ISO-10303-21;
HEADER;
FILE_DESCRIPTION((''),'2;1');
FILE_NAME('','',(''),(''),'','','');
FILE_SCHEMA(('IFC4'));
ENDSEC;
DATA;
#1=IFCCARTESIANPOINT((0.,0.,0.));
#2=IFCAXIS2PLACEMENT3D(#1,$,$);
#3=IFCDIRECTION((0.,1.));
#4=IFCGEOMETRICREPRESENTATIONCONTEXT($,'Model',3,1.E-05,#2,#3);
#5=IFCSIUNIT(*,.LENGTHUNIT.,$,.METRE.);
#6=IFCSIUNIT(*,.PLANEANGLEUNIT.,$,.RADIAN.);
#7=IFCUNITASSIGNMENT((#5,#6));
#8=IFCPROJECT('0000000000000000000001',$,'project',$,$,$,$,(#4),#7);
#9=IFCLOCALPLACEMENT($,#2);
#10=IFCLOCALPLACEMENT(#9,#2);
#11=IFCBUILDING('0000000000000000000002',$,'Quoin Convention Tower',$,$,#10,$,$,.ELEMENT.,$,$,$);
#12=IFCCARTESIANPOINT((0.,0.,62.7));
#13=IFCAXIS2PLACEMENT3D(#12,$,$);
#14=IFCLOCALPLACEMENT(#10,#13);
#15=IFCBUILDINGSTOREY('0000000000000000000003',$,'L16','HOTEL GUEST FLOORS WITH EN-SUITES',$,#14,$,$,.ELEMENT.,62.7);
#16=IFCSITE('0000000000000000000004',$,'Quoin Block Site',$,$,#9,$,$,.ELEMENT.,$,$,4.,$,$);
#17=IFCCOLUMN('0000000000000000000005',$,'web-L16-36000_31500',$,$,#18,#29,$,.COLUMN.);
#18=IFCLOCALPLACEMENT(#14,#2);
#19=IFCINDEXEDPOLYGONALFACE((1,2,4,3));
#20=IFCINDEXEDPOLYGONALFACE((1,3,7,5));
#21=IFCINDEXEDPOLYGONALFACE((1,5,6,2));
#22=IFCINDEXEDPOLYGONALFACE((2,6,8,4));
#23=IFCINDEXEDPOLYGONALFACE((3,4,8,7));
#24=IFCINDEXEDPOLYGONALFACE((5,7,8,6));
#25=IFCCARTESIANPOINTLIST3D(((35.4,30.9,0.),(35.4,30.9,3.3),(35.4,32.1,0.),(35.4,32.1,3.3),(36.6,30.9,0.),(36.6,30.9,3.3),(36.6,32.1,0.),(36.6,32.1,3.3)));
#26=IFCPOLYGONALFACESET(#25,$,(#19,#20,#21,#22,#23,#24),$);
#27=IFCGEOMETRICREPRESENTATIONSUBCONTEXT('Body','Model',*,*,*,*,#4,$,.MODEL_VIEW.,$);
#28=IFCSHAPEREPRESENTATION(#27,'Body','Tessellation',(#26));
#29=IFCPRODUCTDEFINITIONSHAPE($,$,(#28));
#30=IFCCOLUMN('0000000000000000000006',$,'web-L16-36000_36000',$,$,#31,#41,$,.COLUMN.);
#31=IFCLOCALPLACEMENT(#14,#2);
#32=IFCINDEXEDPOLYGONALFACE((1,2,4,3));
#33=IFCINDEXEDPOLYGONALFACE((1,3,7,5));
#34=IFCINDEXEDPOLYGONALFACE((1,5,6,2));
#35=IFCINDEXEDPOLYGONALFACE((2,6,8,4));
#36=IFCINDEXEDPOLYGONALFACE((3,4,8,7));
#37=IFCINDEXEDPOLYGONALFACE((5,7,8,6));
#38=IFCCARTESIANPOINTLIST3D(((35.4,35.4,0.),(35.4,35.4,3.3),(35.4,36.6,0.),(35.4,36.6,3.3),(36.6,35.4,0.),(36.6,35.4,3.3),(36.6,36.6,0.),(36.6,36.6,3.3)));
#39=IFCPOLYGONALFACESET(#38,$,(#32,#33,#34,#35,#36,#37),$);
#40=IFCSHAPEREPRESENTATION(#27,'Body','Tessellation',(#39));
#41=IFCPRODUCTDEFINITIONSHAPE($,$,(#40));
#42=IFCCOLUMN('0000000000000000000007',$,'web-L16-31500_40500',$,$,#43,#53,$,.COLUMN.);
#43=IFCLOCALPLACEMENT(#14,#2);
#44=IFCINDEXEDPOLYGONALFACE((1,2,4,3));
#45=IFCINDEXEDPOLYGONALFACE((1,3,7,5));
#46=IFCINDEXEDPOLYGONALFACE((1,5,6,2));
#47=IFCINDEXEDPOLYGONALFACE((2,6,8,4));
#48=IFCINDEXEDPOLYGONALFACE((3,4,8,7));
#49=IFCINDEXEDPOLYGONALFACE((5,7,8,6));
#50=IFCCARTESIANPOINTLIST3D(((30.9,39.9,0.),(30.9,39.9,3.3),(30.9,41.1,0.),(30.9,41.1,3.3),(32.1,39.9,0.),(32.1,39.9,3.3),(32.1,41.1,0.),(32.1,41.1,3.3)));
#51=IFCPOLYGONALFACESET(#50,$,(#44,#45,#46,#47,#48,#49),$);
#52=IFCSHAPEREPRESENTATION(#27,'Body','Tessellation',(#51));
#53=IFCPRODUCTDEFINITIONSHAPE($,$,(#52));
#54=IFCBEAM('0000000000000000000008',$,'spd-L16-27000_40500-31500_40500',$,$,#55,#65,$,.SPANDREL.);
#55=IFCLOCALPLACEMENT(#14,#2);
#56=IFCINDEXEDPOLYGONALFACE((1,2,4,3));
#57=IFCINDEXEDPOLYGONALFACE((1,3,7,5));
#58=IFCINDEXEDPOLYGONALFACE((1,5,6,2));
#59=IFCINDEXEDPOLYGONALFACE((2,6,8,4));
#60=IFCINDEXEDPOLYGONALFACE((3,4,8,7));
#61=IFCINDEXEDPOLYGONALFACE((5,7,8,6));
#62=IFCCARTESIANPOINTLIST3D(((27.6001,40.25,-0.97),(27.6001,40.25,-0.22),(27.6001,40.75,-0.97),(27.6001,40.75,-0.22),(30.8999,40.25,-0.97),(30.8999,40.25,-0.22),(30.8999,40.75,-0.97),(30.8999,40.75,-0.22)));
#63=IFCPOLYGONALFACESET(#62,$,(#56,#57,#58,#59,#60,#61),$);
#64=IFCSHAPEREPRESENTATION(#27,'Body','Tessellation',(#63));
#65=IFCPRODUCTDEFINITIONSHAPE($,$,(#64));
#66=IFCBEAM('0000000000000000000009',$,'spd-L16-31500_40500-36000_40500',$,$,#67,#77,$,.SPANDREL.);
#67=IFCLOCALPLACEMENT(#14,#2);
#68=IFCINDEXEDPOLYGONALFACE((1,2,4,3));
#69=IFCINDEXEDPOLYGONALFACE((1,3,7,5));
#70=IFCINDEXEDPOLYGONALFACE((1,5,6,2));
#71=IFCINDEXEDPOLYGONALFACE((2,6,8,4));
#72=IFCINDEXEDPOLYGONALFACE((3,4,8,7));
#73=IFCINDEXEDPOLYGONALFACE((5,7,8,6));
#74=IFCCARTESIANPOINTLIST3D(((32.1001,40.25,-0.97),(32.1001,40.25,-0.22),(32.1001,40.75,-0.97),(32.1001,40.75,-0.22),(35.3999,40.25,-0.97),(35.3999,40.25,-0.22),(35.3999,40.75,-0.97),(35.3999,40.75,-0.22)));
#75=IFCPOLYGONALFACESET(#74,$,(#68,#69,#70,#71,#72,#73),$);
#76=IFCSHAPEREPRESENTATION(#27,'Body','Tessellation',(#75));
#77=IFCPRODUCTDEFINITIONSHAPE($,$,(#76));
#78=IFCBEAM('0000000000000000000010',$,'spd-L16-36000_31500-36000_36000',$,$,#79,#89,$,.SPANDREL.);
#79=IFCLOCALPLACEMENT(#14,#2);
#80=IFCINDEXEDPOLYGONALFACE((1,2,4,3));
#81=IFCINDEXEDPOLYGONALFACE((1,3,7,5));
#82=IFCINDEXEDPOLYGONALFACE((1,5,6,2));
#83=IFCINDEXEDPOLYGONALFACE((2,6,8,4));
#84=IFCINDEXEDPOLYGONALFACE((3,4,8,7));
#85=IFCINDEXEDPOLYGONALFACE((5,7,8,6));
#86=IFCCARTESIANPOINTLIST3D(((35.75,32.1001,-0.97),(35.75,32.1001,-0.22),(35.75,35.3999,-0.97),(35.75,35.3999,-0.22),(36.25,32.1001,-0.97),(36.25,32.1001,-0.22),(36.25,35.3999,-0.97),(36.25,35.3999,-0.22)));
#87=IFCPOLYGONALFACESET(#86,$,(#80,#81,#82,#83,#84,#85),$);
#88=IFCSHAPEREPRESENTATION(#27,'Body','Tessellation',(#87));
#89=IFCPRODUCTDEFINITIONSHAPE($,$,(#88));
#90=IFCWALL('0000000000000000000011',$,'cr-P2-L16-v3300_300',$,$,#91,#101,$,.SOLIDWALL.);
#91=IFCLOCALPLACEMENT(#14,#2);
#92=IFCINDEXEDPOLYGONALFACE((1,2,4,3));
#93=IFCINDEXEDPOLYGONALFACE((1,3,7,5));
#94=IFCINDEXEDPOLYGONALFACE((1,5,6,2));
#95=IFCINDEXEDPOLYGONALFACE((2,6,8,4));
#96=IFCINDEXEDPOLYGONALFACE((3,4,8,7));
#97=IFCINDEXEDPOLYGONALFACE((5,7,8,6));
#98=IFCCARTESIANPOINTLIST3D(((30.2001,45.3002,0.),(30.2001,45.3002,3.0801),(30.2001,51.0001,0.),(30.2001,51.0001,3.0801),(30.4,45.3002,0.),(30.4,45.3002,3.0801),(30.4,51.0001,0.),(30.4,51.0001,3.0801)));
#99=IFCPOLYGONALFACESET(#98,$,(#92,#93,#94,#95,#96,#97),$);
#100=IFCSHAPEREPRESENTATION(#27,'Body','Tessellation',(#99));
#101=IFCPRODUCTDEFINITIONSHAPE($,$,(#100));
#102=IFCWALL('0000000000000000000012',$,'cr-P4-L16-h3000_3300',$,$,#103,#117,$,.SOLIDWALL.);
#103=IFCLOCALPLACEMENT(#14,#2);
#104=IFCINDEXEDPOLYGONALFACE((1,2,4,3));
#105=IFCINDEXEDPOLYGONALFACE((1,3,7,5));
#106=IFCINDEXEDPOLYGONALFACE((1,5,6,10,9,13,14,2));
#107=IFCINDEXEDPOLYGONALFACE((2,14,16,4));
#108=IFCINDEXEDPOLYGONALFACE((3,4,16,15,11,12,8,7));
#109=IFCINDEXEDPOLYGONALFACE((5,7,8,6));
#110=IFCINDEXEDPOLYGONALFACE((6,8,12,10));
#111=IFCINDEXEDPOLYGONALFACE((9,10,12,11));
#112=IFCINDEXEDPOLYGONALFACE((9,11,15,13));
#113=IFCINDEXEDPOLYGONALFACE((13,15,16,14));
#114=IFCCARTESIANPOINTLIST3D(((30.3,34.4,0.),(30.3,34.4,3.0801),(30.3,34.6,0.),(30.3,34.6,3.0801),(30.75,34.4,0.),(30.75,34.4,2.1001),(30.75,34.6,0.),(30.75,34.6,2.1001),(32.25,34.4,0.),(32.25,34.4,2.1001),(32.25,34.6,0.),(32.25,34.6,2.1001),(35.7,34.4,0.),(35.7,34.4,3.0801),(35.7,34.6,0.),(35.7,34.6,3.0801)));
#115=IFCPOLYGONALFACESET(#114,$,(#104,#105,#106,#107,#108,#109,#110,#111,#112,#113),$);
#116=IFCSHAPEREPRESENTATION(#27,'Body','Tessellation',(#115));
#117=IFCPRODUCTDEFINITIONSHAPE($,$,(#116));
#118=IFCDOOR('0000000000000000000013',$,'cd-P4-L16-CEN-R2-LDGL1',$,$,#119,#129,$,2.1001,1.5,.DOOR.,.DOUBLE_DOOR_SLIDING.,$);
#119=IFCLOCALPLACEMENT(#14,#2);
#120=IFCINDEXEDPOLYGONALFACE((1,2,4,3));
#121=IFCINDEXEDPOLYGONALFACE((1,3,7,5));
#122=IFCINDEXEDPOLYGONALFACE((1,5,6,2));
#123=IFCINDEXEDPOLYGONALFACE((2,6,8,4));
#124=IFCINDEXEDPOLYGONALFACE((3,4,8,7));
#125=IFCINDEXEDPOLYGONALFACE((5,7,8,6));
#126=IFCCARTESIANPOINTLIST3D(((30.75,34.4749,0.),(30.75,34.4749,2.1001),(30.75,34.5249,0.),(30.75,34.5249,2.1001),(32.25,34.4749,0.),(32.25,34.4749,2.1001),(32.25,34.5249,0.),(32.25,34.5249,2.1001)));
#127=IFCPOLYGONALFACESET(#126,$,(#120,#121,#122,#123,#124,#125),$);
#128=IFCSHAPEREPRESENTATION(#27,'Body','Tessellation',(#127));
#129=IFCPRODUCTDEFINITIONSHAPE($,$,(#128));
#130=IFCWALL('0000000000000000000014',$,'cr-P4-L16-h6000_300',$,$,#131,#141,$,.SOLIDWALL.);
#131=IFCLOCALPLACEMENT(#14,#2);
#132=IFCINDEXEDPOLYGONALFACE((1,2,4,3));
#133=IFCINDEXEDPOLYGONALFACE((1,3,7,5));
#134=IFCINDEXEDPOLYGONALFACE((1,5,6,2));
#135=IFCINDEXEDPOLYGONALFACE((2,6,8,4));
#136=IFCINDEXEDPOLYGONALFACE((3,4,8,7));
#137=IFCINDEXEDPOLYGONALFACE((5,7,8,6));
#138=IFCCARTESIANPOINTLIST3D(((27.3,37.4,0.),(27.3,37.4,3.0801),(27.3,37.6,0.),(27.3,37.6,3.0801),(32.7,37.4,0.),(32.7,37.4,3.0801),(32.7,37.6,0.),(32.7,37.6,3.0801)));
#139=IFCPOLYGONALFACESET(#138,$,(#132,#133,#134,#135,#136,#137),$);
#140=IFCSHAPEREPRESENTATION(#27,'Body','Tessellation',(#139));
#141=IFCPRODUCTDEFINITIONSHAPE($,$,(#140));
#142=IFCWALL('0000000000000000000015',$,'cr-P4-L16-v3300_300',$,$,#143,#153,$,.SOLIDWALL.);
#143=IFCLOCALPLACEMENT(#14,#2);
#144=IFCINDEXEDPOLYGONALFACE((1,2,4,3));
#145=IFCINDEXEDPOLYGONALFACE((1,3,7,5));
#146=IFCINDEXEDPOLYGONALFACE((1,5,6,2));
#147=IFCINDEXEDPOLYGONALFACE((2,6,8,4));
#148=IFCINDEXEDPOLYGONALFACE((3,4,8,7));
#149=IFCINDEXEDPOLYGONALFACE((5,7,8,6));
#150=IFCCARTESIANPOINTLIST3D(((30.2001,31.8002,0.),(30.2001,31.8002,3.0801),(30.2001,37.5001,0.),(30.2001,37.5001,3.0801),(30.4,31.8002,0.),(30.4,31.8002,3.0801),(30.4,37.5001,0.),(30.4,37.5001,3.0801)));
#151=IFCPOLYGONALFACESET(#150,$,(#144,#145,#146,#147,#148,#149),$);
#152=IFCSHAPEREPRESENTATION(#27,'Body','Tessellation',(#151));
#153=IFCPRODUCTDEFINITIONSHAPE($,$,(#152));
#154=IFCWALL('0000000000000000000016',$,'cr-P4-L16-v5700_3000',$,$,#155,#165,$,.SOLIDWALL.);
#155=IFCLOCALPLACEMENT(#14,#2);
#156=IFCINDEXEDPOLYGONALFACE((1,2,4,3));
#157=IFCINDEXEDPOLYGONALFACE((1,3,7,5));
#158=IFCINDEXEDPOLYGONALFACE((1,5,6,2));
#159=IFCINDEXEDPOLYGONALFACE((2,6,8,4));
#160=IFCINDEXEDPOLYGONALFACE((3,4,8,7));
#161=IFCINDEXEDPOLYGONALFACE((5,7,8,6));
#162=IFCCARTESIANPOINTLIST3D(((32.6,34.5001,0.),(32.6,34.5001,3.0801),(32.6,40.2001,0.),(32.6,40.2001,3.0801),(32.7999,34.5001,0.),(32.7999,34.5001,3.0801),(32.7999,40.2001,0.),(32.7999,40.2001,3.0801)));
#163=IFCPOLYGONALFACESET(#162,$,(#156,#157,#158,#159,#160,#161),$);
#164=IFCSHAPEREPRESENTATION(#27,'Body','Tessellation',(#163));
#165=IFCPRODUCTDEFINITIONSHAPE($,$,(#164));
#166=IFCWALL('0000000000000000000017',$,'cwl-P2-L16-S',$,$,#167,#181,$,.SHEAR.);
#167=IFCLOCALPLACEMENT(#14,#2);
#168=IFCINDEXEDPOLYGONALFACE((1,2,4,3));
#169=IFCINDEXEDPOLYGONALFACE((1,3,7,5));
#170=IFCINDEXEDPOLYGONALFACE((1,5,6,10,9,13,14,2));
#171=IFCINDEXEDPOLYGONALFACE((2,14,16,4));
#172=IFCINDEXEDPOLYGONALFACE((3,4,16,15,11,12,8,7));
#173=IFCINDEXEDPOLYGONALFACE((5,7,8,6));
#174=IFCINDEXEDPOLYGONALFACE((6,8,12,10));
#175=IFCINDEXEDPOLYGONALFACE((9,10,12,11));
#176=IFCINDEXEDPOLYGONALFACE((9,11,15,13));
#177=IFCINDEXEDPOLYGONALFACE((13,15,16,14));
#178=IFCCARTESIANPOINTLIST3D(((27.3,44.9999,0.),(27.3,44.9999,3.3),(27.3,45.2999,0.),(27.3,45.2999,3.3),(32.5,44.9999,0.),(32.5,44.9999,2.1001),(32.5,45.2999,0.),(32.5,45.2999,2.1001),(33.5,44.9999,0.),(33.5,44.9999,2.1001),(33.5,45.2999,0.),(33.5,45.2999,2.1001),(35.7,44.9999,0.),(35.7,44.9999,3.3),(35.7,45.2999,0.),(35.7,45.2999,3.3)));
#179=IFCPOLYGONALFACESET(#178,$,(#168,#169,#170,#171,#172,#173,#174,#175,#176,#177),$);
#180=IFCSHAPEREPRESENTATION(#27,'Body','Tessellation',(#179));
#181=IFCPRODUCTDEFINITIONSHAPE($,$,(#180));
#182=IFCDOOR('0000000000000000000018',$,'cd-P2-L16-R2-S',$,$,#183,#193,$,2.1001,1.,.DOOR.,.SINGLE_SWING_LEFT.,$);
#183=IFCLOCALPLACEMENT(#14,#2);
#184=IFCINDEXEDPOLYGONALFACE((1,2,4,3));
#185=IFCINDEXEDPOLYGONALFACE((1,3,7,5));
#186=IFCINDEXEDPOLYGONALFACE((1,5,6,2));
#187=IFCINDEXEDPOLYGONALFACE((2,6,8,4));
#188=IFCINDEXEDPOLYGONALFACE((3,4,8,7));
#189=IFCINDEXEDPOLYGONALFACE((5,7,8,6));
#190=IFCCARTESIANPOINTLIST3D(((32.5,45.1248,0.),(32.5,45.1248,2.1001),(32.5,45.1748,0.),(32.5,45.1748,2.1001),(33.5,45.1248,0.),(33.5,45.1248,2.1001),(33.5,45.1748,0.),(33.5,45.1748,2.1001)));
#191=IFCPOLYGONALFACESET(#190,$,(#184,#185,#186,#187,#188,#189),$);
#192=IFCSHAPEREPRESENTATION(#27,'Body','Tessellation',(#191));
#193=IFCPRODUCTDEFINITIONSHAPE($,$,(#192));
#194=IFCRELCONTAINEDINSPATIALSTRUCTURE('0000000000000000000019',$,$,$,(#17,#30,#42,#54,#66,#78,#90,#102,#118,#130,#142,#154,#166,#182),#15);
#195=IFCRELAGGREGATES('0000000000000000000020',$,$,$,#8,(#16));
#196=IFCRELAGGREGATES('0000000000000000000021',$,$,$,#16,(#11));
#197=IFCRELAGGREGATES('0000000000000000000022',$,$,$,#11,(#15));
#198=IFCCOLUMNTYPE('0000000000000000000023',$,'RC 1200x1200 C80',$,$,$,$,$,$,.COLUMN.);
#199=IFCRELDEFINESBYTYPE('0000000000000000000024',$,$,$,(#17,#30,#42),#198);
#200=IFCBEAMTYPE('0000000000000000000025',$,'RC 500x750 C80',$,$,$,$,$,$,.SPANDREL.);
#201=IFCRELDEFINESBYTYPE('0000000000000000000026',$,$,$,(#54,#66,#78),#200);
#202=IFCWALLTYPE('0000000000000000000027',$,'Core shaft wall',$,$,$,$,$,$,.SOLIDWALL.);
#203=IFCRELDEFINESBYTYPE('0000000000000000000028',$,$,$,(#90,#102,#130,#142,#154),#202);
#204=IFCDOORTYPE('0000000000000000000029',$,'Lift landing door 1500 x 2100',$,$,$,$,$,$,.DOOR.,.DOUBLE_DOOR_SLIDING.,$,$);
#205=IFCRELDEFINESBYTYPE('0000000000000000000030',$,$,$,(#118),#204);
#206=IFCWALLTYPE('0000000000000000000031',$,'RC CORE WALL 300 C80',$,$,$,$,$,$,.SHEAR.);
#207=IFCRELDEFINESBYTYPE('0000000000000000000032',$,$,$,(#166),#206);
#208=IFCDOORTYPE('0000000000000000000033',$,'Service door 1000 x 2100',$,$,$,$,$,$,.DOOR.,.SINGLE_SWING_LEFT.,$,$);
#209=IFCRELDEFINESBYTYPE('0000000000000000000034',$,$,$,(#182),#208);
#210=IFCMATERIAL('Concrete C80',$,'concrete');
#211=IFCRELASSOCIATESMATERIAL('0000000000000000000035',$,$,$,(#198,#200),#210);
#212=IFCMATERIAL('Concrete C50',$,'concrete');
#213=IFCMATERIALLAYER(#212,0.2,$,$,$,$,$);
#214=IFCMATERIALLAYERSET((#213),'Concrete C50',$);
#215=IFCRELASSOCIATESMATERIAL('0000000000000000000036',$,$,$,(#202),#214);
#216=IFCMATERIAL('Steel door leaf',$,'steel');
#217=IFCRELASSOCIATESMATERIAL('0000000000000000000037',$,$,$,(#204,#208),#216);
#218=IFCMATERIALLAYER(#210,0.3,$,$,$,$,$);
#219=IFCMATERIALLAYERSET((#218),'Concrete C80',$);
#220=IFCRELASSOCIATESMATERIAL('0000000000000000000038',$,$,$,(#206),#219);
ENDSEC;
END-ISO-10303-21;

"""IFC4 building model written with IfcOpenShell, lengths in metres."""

from ifc_helpers import new_model, si_unit, direction, frame, frame_2d, origin, origin_2d, place, context, subcontext, project, spatial, rectangle, extrude, material, layer, layer_set, material_profile, profile_set, type_object, element, fill, save


model = new_model("IFC4")

# Units and contexts
model_context = context("Model", 3, precision=1e-05, world=origin(), true_north=direction((0.0, 1.0)))
body_context = subcontext(model_context, "Body", "Model", "MODEL_VIEW")
ifc_project = project(units=[si_unit("LENGTHUNIT", "METRE"), si_unit("PLANEANGLEUNIT", "RADIAN")], contexts=[model_context])

# Site, building, storey
site_placement = place(None, origin())
site = spatial("IfcSite", under=ifc_project, at=site_placement, Name="Quoin Block Site", CompositionType="ELEMENT", RefElevation=4.0)
building_placement = place(site_placement, origin())
building = spatial("IfcBuilding", under=site, at=building_placement, Name="Quoin Convention Tower", CompositionType="ELEMENT")
storey_placement = place(building_placement, frame((0.0, 0.0, 62.7)))
storey = spatial("IfcBuildingStorey", under=building, at=storey_placement, Name="L16", Description="HOTEL GUEST FLOORS WITH EN-SUITES", CompositionType="ELEMENT", Elevation=62.7)

# Columns
ifc_material_1 = material(Name="Concrete C80", Category="concrete")
ifc_material_profile_1 = material_profile(ifc_material_1, rectangle(XDim=1.2, YDim=1.2, at=origin_2d()), Name="RC 1200x1200")
ifc_profile_set_1 = profile_set([ifc_material_profile_1], Name="Concrete C80")
column_type = type_object("IfcColumnType", Name="RC 1200x1200 C80", PredefinedType="COLUMN", material=ifc_profile_set_1)
for number, where, z_axis, x_axis, name in (
    (1, (36.0, 31.5, 0.0), (0.0, 0.0, 1.0), (1.0, 0.0, 0.0), "web-L16-36000_31500"),
    (2, (36.0, 36.0, 0.0), (0.0, 0.0, 1.0), (1.0, 0.0, 0.0), "web-L16-36000_36000"),
    (3, (31.5, 40.5, 0.0), (0.0, 0.0, 1.0), (1.0, 0.0, 0.0), "web-L16-31500_40500"),
):
    element("IfcColumn", number, at=place(storey_placement, frame(where, z_axis=z_axis, x_axis=x_axis)), inside=storey, type_object=column_type, Name=name, PredefinedType="COLUMN", context=body_context, shape_type="SweptSolid", body=[
        extrude(rectangle(XDim=1.2, YDim=1.2, at=origin_2d()), origin(), (0.0, 0.0, 1.0), 3.3),
    ])

# Beams
ifc_material_profile_2 = material_profile(ifc_material_1, rectangle(XDim=0.5, YDim=0.75, at=origin_2d()), Name="RC 500x750")
ifc_profile_set_2 = profile_set([ifc_material_profile_2], Name="Concrete C80")
beam_type = type_object("IfcBeamType", Name="RC 500x750 C80", PredefinedType="SPANDREL", material=ifc_profile_set_2)
for number, where, z_axis, x_axis, name in (
    (4, (27.6001, 40.5, -0.595), (1.0, 0.0, 0.0), (0.0, 1.0, 0.0), "spd-L16-27000_40500-31500_40500"),
    (5, (32.1001, 40.5, -0.595), (1.0, 0.0, 0.0), (0.0, 1.0, 0.0), "spd-L16-31500_40500-36000_40500"),
    (6, (36.0, 32.1001, -0.595), (0.0, 1.0, 0.0), (-1.0, 0.0, 0.0), "spd-L16-36000_31500-36000_36000"),
):
    element("IfcBeam", number, at=place(storey_placement, frame(where, z_axis=z_axis, x_axis=x_axis)), inside=storey, type_object=beam_type, Name=name, PredefinedType="SPANDREL", context=body_context, shape_type="SweptSolid", body=[
        extrude(rectangle(XDim=0.5, YDim=0.75, at=origin_2d()), origin(), (0.0, 0.0, 1.0), 3.2998),
    ])

# Wall
ifc_material_2 = material(Name="Concrete C50", Category="concrete")
ifc_layer_1 = layer(ifc_material_2, 0.2)
ifc_layer_set_1 = layer_set([ifc_layer_1], Name="Concrete C50")
wall_type_1 = type_object("IfcWallType", Name="Core shaft wall", PredefinedType="SOLIDWALL", material=ifc_layer_set_1)
wall_1_placement = place(storey_placement, frame((30.3, 45.3, 0.0), z_axis=(0.0, 0.0, 1.0), x_axis=(0.0, 1.0, 0.0)))
element("IfcWall", 7, at=wall_1_placement, inside=storey, type_object=wall_type_1, Name="cr-P2-L16-v3300_300", PredefinedType="SOLIDWALL", context=body_context, shape_type="SweptSolid", body=[
    extrude(rectangle(XDim=5.7, YDim=0.2, at=frame_2d((2.8501, 0.0))), origin(), (0.0, 0.0, 1.0), 3.0801),
])

# Wall, opening, door
wall_2_placement = place(storey_placement, frame((30.3, 34.5, 0.0), z_axis=(0.0, 0.0, 1.0), x_axis=(1.0, 0.0, 0.0)))
wall_2 = element("IfcWall", 8, at=wall_2_placement, inside=storey, type_object=wall_type_1, Name="cr-P4-L16-h3000_3300", PredefinedType="SOLIDWALL", context=body_context, shape_type="SweptSolid", body=[
    extrude(rectangle(XDim=5.3999, YDim=0.2, at=frame_2d((2.7, 0.0))), origin(), (0.0, 0.0, 1.0), 3.0801),
])
opening_1_placement = place(wall_2_placement, frame((0.45, 0.0, 0.0)))
opening_1 = element("IfcOpeningElement", 9, at=opening_1_placement, cuts=wall_2, PredefinedType="OPENING", context=body_context, shape_type="SweptSolid", body=[
    extrude(rectangle(XDim=1.5, YDim=2.1001, at=frame_2d((0.75, 1.05))), frame((0.0, 0.1099, 0.0), z_axis=(0.0, -1.0, 0.0), x_axis=(1.0, 0.0, 0.0)), (0.0, 0.0, 1.0), 0.22),
])
ifc_material_3 = material(Name="Steel door leaf", Category="steel")
door_type_1 = type_object("IfcDoorType", Name="Lift landing door 1500 x 2100", OperationType="DOUBLE_DOOR_SLIDING", PredefinedType="DOOR", material=ifc_material_3)
door_1_placement = place(opening_1_placement, origin())
door_1 = element("IfcDoor", 10, at=door_1_placement, inside=storey, type_object=door_type_1, Name="cd-P4-L16-CEN-R2-LDGL1", OperationType="DOUBLE_DOOR_SLIDING", OverallHeight=2.1001, OverallWidth=1.5, PredefinedType="DOOR", context=body_context, shape_type="SweptSolid", body=[
    extrude(rectangle(XDim=1.5, YDim=2.1001, at=frame_2d((0.75, 1.05))), frame((0.0, 0.0249, 0.0), z_axis=(0.0, -1.0, 0.0), x_axis=(1.0, 0.0, 0.0)), (0.0, 0.0, 1.0), 0.05),
])
fill(opening_1, door_1)

# Walls
wall_3_placement = place(storey_placement, frame((27.3, 37.5, 0.0), z_axis=(0.0, 0.0, 1.0), x_axis=(1.0, 0.0, 0.0)))
element("IfcWall", 11, at=wall_3_placement, inside=storey, type_object=wall_type_1, Name="cr-P4-L16-h6000_300", PredefinedType="SOLIDWALL", context=body_context, shape_type="SweptSolid", body=[
    extrude(rectangle(XDim=5.3999, YDim=0.2, at=frame_2d((2.7, 0.0))), origin(), (0.0, 0.0, 1.0), 3.0801),
])
for number, where, z_axis, x_axis, name in (
    (12, (30.3, 31.8, 0.0), (0.0, 0.0, 1.0), (0.0, 1.0, 0.0), "cr-P4-L16-v3300_300"),
    (13, (32.7, 34.5, 0.0), (0.0, 0.0, 1.0), (0.0, 1.0, 0.0), "cr-P4-L16-v5700_3000"),
):
    element("IfcWall", number, at=place(storey_placement, frame(where, z_axis=z_axis, x_axis=x_axis)), inside=storey, type_object=wall_type_1, Name=name, PredefinedType="SOLIDWALL", context=body_context, shape_type="SweptSolid", body=[
        extrude(rectangle(XDim=5.7, YDim=0.2, at=frame_2d((2.8501, 0.0))), origin(), (0.0, 0.0, 1.0), 3.0801),
    ])

# Wall, opening, door
ifc_layer_2 = layer(ifc_material_1, 0.3)
ifc_layer_set_2 = layer_set([ifc_layer_2], Name="Concrete C80")
wall_type_2 = type_object("IfcWallType", Name="RC CORE WALL 300 C80", PredefinedType="SHEAR", material=ifc_layer_set_2)
wall_4_placement = place(storey_placement, frame((27.3, 45.1499, 0.0), z_axis=(0.0, 0.0, 1.0), x_axis=(1.0, 0.0, 0.0)))
wall_4 = element("IfcWall", 14, at=wall_4_placement, inside=storey, type_object=wall_type_2, Name="cwl-P2-L16-S", PredefinedType="SHEAR", context=body_context, shape_type="SweptSolid", body=[
    extrude(rectangle(XDim=8.3999, YDim=0.3, at=frame_2d((4.2, 0.0))), origin(), (0.0, 0.0, 1.0), 3.3),
])
opening_2_placement = place(wall_4_placement, frame((5.2, 0.0, 0.0)))
opening_2 = element("IfcOpeningElement", 15, at=opening_2_placement, cuts=wall_4, PredefinedType="OPENING", context=body_context, shape_type="SweptSolid", body=[
    extrude(rectangle(XDim=1.0, YDim=2.1001, at=frame_2d((0.5, 1.05))), frame((0.0, 0.1599, 0.0), z_axis=(0.0, -1.0, 0.0), x_axis=(1.0, 0.0, 0.0)), (0.0, 0.0, 1.0), 0.3201),
])
door_type_2 = type_object("IfcDoorType", Name="Service door 1000 x 2100", OperationType="SINGLE_SWING_LEFT", PredefinedType="DOOR", material=ifc_material_3)
door_2_placement = place(opening_2_placement, origin())
door_2 = element("IfcDoor", 16, at=door_2_placement, inside=storey, type_object=door_type_2, Name="cd-P2-L16-R2-S", OperationType="SINGLE_SWING_LEFT", OverallHeight=2.1001, OverallWidth=1.0, PredefinedType="DOOR", context=body_context, shape_type="SweptSolid", body=[
    extrude(rectangle(XDim=1.0, YDim=2.1001, at=frame_2d((0.5, 1.05))), frame((0.0, 0.0249, 0.0), z_axis=(0.0, -1.0, 0.0), x_axis=(1.0, 0.0, 0.0)), (0.0, 0.0, 1.0), 0.05),
])
fill(opening_2, door_2)

save(model, "model.ifc")
